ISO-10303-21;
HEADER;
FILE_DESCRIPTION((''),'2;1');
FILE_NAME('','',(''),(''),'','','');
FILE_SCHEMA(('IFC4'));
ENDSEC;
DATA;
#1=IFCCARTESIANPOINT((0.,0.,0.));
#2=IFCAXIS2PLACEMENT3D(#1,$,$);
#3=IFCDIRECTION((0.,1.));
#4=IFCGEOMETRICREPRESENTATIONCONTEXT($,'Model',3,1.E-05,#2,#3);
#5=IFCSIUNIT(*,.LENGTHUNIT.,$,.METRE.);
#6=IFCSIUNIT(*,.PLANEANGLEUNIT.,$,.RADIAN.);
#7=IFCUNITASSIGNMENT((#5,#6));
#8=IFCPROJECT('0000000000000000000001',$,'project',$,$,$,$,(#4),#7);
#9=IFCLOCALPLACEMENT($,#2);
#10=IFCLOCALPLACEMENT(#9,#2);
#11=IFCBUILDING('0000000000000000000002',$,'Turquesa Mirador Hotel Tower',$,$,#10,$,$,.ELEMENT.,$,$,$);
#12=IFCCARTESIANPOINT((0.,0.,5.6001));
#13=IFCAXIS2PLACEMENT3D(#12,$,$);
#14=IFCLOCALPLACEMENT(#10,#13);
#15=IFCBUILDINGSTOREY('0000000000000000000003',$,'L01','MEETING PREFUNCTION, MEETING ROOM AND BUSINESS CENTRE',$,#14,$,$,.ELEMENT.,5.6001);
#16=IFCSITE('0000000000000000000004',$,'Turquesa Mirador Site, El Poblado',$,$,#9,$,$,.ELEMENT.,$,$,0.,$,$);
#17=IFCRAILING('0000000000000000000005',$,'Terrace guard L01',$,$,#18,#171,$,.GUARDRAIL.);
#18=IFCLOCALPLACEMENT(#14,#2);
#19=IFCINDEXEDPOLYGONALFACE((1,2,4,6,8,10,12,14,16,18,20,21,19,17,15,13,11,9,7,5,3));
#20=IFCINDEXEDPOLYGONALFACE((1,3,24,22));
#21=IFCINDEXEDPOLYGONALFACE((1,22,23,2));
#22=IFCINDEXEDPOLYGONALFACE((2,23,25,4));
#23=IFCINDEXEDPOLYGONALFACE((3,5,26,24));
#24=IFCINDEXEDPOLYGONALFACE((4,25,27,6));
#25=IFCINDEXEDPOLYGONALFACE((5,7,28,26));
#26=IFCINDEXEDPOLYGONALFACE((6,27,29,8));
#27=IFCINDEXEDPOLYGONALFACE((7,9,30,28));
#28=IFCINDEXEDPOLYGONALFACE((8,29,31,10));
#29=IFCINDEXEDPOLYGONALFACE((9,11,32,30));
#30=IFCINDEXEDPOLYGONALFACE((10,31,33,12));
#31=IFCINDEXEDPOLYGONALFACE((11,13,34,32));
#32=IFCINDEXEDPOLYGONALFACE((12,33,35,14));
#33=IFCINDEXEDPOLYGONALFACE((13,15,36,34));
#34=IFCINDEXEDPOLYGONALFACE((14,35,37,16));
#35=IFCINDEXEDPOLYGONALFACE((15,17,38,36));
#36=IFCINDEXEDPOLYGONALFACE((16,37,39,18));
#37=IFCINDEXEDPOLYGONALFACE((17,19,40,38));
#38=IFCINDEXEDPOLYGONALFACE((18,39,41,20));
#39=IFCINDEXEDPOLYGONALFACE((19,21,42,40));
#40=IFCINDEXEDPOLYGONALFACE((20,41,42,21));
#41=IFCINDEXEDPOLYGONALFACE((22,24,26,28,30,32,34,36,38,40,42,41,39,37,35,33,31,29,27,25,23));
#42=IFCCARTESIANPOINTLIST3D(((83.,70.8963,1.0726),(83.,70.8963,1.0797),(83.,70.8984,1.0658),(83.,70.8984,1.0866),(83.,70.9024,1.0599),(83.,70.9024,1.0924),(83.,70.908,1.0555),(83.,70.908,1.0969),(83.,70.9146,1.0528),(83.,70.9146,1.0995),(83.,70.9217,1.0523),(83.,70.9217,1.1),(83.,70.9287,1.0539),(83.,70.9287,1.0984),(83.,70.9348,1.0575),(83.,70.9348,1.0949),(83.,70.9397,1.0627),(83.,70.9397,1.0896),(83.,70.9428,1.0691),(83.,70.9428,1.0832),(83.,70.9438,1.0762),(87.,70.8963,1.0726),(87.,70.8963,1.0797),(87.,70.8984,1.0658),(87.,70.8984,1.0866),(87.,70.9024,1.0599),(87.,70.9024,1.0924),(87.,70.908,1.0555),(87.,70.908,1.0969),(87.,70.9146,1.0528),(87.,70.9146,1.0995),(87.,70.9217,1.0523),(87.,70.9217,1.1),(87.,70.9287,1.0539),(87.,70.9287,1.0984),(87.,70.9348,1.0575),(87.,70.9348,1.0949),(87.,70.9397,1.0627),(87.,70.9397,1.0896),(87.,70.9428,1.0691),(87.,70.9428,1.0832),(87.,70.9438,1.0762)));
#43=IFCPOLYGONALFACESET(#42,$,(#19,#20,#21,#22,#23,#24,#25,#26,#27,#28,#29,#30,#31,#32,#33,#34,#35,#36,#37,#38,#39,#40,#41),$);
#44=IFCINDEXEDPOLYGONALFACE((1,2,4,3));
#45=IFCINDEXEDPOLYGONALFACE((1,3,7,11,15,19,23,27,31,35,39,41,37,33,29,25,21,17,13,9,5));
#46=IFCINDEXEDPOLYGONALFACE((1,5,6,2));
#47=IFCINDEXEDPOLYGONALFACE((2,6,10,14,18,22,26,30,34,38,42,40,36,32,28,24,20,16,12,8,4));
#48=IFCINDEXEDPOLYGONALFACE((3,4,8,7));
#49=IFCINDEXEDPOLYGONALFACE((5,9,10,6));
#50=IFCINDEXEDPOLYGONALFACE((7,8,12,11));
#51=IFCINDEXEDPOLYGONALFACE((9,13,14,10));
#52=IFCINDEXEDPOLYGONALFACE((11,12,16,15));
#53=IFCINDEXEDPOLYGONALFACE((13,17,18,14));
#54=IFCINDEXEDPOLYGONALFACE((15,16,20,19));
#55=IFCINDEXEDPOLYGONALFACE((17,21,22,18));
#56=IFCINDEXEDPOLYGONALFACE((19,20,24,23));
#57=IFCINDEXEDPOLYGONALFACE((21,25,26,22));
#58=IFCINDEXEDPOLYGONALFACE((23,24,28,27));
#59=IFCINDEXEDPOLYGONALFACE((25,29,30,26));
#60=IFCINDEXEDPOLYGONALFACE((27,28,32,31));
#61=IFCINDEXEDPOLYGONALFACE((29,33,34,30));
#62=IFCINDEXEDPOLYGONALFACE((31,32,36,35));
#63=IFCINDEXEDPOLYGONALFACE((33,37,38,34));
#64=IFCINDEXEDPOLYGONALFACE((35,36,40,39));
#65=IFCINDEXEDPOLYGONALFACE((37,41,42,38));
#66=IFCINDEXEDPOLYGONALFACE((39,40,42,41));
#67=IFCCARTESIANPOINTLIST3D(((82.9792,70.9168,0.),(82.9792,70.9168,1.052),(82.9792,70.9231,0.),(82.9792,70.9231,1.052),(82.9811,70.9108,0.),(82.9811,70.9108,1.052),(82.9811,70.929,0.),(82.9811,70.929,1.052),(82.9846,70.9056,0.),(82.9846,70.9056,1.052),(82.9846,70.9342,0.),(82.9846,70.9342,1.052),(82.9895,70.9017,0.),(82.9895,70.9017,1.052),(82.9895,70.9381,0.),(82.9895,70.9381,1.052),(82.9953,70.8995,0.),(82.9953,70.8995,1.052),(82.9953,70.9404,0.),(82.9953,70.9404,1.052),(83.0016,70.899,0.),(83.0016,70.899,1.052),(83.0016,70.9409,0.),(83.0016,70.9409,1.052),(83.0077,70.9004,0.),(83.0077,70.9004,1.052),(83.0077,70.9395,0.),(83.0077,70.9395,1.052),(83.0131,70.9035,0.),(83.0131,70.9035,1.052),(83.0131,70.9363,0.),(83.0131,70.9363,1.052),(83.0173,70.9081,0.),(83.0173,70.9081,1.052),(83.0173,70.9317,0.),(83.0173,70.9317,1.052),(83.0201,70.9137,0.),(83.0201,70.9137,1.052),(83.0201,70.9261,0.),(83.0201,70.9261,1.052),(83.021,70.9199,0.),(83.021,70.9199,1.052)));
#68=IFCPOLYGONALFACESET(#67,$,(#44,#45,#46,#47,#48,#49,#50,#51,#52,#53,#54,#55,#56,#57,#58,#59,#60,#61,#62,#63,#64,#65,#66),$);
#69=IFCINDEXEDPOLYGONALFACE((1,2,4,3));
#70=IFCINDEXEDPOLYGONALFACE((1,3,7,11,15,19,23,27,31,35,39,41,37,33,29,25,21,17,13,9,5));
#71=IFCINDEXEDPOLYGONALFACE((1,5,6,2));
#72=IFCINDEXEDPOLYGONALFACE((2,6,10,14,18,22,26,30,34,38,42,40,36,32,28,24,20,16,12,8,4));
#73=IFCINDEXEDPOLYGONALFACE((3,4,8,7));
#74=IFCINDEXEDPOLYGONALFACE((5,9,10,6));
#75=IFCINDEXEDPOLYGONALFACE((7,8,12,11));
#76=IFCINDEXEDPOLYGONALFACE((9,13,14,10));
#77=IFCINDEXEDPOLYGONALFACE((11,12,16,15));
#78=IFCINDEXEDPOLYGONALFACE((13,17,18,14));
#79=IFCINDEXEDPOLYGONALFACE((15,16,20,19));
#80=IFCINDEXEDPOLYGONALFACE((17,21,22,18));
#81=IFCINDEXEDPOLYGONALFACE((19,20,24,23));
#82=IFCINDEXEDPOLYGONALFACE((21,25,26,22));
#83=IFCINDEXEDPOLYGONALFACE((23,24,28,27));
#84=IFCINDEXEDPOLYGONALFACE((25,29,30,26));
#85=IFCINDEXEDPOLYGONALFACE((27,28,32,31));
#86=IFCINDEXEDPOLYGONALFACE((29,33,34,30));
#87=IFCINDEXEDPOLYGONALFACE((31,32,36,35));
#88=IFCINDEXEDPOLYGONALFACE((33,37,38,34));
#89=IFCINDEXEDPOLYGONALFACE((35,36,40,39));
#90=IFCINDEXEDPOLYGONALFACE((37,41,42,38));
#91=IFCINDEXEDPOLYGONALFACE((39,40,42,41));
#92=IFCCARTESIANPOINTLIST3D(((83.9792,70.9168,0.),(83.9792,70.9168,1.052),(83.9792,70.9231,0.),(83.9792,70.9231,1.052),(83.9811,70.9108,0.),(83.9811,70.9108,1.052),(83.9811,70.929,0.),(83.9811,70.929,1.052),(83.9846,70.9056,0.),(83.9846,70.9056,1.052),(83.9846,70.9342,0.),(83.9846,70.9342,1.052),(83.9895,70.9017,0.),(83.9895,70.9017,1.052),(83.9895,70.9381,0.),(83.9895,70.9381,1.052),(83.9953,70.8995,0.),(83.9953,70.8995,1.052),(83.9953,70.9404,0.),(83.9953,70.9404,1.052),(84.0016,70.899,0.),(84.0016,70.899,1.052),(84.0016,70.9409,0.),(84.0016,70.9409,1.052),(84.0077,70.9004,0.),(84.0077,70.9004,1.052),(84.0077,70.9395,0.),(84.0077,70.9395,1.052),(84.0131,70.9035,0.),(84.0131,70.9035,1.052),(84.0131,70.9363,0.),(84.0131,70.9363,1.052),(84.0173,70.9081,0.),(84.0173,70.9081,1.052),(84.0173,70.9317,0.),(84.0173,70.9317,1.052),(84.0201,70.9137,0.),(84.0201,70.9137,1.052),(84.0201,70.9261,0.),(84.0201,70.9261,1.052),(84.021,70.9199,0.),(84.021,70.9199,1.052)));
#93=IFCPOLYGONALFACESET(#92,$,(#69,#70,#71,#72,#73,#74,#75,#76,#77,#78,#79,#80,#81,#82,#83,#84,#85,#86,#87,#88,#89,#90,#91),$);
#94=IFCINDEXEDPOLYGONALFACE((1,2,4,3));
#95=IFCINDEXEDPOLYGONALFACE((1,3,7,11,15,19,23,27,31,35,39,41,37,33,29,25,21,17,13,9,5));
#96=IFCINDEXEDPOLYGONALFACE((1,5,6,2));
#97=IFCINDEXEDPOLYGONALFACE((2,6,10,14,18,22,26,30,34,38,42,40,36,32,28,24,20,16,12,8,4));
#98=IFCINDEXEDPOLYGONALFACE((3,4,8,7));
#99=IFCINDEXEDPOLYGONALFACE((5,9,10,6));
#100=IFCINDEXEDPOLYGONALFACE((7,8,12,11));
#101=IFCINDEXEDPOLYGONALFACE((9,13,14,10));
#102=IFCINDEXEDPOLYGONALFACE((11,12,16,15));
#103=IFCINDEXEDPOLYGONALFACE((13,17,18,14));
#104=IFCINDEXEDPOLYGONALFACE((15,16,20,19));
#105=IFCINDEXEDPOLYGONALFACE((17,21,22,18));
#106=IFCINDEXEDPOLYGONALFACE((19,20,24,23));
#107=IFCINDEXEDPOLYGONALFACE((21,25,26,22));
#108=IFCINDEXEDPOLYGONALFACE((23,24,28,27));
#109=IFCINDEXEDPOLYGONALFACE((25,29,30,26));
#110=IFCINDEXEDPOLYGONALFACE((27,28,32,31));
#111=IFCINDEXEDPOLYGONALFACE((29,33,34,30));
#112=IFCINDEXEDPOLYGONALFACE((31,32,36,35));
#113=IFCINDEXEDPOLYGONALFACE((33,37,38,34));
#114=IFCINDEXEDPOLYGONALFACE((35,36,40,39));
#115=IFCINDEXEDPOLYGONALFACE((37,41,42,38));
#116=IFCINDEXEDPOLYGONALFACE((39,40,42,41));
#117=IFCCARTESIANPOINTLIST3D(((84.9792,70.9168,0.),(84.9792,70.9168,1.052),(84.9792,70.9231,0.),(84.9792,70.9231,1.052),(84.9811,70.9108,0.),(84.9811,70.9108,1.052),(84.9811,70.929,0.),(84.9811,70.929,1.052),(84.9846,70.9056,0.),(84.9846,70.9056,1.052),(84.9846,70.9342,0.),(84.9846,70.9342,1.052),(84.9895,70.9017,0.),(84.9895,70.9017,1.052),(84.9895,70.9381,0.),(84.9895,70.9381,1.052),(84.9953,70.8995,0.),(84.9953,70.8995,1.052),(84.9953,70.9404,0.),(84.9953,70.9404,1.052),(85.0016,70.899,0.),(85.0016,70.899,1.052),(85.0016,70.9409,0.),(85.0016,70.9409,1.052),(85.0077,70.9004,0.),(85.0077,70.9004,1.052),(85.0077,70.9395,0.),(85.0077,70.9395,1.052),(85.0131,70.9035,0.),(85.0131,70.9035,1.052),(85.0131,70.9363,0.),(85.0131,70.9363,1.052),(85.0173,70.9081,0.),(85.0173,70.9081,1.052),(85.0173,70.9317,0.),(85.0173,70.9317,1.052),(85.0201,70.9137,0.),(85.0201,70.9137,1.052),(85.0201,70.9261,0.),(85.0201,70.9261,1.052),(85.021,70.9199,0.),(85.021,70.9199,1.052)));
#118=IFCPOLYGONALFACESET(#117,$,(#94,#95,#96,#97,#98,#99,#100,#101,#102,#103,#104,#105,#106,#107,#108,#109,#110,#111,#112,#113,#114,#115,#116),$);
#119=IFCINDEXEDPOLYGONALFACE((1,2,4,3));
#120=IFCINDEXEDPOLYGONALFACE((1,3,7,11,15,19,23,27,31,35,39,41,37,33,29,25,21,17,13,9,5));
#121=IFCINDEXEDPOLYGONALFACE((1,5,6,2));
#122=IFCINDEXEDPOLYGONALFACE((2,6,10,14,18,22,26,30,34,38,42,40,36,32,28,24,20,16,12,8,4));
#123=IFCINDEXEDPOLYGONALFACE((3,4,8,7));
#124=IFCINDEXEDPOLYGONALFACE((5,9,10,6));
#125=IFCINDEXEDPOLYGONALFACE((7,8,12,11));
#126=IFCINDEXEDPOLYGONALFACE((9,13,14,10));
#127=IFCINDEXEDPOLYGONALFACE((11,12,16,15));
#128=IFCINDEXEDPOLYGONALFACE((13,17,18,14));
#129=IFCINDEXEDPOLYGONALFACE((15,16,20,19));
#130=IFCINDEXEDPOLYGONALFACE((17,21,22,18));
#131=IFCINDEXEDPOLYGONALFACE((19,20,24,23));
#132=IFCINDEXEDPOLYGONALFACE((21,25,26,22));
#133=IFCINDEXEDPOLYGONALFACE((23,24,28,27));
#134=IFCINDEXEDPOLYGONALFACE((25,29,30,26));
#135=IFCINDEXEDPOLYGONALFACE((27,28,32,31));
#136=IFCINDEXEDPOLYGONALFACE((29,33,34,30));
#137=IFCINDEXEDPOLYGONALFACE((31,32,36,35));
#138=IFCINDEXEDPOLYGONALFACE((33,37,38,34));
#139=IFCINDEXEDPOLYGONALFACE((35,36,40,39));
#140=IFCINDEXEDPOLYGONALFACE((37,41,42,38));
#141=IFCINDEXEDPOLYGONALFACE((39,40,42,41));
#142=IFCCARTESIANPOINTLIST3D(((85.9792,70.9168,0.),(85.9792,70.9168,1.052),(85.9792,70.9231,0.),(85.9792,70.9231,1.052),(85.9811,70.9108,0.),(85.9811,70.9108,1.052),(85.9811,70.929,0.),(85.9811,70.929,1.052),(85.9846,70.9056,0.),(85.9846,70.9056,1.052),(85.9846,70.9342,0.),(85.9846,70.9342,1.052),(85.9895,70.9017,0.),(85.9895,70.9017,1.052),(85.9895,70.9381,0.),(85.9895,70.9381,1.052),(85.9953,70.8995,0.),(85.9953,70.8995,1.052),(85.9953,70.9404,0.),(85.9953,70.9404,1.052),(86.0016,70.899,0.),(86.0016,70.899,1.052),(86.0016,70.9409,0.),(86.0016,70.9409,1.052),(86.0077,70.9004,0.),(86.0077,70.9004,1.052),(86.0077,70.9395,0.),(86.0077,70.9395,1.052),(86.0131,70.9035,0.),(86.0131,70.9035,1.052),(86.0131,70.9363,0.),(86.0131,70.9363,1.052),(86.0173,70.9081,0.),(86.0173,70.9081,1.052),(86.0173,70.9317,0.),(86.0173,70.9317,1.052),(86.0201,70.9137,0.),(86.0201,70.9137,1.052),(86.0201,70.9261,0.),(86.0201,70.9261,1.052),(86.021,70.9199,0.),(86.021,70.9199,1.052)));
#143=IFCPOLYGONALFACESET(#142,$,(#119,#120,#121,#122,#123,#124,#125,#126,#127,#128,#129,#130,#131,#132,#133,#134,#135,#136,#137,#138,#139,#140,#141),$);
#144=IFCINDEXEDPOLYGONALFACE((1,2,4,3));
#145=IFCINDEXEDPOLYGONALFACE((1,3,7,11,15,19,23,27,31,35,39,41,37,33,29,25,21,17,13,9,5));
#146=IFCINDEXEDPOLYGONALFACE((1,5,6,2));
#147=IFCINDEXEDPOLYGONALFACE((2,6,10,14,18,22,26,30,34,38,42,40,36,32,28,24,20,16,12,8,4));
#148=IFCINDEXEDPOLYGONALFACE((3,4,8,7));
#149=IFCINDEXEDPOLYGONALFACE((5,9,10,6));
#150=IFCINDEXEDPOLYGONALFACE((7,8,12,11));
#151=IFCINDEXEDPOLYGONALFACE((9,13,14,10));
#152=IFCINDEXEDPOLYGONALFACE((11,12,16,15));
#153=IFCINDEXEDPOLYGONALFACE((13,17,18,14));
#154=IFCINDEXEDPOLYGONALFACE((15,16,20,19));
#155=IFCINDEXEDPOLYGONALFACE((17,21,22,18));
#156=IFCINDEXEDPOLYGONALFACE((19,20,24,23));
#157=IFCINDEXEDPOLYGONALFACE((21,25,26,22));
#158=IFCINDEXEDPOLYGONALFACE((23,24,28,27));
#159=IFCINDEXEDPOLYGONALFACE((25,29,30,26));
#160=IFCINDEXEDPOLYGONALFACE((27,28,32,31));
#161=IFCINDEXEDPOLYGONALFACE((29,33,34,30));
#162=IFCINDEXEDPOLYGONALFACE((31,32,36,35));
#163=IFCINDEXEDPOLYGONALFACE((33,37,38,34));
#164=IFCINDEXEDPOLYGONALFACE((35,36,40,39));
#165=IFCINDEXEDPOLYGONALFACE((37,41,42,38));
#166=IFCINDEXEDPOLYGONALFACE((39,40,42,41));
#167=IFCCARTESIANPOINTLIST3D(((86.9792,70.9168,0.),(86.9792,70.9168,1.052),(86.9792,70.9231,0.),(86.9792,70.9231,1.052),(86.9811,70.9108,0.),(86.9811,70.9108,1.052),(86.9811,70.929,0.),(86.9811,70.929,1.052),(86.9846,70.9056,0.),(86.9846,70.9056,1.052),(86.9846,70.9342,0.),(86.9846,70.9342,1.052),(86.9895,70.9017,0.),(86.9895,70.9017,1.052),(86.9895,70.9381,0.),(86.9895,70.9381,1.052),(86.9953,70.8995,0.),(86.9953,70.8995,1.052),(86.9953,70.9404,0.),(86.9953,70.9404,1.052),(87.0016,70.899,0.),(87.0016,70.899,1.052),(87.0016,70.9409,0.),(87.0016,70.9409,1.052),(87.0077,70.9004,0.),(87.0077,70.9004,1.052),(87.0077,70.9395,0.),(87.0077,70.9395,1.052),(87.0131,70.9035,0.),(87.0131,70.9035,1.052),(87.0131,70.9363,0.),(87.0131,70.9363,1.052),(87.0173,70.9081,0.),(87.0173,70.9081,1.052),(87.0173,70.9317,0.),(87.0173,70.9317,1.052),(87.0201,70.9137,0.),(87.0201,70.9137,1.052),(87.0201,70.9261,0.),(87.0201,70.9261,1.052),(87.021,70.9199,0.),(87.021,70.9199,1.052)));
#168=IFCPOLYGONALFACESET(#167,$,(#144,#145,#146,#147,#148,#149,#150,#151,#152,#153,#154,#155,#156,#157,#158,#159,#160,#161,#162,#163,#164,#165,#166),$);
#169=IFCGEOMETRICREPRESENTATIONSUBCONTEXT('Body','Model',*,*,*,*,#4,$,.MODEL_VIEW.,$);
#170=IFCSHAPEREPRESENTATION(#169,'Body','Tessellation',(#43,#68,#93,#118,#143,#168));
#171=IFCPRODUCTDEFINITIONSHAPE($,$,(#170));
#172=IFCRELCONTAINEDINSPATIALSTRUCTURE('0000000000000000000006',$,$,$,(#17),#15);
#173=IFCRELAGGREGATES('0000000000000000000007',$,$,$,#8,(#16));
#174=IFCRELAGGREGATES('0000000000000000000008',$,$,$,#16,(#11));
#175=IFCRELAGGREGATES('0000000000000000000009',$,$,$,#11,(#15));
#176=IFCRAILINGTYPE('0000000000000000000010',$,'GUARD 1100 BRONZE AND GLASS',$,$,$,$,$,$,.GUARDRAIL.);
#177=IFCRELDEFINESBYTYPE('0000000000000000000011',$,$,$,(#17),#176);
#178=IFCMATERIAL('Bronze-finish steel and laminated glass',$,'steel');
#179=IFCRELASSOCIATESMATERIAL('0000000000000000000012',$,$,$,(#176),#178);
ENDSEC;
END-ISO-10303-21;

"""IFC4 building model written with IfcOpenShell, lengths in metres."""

from ifc_helpers import new_model, si_unit, direction, frame, origin, origin_2d, place, context, subcontext, project, spatial, circle, extrude, material, type_object, element, save


model = new_model("IFC4")

# Units and contexts
model_context = context("Model", 3, precision=1e-05, world=origin(), true_north=direction((0.0, 1.0)))
body_context = subcontext(model_context, "Body", "Model", "MODEL_VIEW")
ifc_project = project(units=[si_unit("LENGTHUNIT", "METRE"), si_unit("PLANEANGLEUNIT", "RADIAN")], contexts=[model_context])

# Site, building, storey
site_placement = place(None, origin())
site = spatial("IfcSite", under=ifc_project, at=site_placement, Name="Turquesa Mirador Site, El Poblado", CompositionType="ELEMENT", RefElevation=0.0)
building_placement = place(site_placement, origin())
building = spatial("IfcBuilding", under=site, at=building_placement, Name="Turquesa Mirador Hotel Tower", CompositionType="ELEMENT")
storey_placement = place(building_placement, frame((0.0, 0.0, 5.6001)))
storey = spatial("IfcBuildingStorey", under=building, at=storey_placement, Name="L01", Description="MEETING PREFUNCTION, MEETING ROOM AND BUSINESS CENTRE", CompositionType="ELEMENT", Elevation=5.6001)

# Railing
ifc_material_1 = material(Name="Bronze-finish steel and laminated glass", Category="steel")
railing_type = type_object("IfcRailingType", Name="GUARD 1100 BRONZE AND GLASS", PredefinedType="GUARDRAIL", material=ifc_material_1)
railing_1_placement = place(storey_placement, frame((83.0, 70.9199, 0.0)))
element("IfcRailing", 1, at=railing_1_placement, inside=storey, type_object=railing_type, Name="Terrace guard L01", PredefinedType="GUARDRAIL", context=body_context, shape_type="SweptSolid", body=[
    extrude(circle(Radius=0.0239, at=origin_2d()), frame((0.0, 0.0, 1.0762), z_axis=(1.0, 0.0, 0.0), x_axis=(0.0, 1.0, 0.0)), (0.0, 0.0, 1.0), 4.0),
    extrude(circle(Radius=0.021, at=origin_2d()), origin(), (0.0, 0.0, 1.0), 1.052),
    extrude(circle(Radius=0.021, at=origin_2d()), frame((1.0, 0.0, 0.0)), (0.0, 0.0, 1.0), 1.052),
    extrude(circle(Radius=0.021, at=origin_2d()), frame((2.0, 0.0, 0.0)), (0.0, 0.0, 1.0), 1.052),
    extrude(circle(Radius=0.021, at=origin_2d()), frame((3.0, 0.0, 0.0)), (0.0, 0.0, 1.0), 1.052),
    extrude(circle(Radius=0.021, at=origin_2d()), frame((4.0, 0.0, 0.0)), (0.0, 0.0, 1.0), 1.052),
])

save(model, "model.ifc")
